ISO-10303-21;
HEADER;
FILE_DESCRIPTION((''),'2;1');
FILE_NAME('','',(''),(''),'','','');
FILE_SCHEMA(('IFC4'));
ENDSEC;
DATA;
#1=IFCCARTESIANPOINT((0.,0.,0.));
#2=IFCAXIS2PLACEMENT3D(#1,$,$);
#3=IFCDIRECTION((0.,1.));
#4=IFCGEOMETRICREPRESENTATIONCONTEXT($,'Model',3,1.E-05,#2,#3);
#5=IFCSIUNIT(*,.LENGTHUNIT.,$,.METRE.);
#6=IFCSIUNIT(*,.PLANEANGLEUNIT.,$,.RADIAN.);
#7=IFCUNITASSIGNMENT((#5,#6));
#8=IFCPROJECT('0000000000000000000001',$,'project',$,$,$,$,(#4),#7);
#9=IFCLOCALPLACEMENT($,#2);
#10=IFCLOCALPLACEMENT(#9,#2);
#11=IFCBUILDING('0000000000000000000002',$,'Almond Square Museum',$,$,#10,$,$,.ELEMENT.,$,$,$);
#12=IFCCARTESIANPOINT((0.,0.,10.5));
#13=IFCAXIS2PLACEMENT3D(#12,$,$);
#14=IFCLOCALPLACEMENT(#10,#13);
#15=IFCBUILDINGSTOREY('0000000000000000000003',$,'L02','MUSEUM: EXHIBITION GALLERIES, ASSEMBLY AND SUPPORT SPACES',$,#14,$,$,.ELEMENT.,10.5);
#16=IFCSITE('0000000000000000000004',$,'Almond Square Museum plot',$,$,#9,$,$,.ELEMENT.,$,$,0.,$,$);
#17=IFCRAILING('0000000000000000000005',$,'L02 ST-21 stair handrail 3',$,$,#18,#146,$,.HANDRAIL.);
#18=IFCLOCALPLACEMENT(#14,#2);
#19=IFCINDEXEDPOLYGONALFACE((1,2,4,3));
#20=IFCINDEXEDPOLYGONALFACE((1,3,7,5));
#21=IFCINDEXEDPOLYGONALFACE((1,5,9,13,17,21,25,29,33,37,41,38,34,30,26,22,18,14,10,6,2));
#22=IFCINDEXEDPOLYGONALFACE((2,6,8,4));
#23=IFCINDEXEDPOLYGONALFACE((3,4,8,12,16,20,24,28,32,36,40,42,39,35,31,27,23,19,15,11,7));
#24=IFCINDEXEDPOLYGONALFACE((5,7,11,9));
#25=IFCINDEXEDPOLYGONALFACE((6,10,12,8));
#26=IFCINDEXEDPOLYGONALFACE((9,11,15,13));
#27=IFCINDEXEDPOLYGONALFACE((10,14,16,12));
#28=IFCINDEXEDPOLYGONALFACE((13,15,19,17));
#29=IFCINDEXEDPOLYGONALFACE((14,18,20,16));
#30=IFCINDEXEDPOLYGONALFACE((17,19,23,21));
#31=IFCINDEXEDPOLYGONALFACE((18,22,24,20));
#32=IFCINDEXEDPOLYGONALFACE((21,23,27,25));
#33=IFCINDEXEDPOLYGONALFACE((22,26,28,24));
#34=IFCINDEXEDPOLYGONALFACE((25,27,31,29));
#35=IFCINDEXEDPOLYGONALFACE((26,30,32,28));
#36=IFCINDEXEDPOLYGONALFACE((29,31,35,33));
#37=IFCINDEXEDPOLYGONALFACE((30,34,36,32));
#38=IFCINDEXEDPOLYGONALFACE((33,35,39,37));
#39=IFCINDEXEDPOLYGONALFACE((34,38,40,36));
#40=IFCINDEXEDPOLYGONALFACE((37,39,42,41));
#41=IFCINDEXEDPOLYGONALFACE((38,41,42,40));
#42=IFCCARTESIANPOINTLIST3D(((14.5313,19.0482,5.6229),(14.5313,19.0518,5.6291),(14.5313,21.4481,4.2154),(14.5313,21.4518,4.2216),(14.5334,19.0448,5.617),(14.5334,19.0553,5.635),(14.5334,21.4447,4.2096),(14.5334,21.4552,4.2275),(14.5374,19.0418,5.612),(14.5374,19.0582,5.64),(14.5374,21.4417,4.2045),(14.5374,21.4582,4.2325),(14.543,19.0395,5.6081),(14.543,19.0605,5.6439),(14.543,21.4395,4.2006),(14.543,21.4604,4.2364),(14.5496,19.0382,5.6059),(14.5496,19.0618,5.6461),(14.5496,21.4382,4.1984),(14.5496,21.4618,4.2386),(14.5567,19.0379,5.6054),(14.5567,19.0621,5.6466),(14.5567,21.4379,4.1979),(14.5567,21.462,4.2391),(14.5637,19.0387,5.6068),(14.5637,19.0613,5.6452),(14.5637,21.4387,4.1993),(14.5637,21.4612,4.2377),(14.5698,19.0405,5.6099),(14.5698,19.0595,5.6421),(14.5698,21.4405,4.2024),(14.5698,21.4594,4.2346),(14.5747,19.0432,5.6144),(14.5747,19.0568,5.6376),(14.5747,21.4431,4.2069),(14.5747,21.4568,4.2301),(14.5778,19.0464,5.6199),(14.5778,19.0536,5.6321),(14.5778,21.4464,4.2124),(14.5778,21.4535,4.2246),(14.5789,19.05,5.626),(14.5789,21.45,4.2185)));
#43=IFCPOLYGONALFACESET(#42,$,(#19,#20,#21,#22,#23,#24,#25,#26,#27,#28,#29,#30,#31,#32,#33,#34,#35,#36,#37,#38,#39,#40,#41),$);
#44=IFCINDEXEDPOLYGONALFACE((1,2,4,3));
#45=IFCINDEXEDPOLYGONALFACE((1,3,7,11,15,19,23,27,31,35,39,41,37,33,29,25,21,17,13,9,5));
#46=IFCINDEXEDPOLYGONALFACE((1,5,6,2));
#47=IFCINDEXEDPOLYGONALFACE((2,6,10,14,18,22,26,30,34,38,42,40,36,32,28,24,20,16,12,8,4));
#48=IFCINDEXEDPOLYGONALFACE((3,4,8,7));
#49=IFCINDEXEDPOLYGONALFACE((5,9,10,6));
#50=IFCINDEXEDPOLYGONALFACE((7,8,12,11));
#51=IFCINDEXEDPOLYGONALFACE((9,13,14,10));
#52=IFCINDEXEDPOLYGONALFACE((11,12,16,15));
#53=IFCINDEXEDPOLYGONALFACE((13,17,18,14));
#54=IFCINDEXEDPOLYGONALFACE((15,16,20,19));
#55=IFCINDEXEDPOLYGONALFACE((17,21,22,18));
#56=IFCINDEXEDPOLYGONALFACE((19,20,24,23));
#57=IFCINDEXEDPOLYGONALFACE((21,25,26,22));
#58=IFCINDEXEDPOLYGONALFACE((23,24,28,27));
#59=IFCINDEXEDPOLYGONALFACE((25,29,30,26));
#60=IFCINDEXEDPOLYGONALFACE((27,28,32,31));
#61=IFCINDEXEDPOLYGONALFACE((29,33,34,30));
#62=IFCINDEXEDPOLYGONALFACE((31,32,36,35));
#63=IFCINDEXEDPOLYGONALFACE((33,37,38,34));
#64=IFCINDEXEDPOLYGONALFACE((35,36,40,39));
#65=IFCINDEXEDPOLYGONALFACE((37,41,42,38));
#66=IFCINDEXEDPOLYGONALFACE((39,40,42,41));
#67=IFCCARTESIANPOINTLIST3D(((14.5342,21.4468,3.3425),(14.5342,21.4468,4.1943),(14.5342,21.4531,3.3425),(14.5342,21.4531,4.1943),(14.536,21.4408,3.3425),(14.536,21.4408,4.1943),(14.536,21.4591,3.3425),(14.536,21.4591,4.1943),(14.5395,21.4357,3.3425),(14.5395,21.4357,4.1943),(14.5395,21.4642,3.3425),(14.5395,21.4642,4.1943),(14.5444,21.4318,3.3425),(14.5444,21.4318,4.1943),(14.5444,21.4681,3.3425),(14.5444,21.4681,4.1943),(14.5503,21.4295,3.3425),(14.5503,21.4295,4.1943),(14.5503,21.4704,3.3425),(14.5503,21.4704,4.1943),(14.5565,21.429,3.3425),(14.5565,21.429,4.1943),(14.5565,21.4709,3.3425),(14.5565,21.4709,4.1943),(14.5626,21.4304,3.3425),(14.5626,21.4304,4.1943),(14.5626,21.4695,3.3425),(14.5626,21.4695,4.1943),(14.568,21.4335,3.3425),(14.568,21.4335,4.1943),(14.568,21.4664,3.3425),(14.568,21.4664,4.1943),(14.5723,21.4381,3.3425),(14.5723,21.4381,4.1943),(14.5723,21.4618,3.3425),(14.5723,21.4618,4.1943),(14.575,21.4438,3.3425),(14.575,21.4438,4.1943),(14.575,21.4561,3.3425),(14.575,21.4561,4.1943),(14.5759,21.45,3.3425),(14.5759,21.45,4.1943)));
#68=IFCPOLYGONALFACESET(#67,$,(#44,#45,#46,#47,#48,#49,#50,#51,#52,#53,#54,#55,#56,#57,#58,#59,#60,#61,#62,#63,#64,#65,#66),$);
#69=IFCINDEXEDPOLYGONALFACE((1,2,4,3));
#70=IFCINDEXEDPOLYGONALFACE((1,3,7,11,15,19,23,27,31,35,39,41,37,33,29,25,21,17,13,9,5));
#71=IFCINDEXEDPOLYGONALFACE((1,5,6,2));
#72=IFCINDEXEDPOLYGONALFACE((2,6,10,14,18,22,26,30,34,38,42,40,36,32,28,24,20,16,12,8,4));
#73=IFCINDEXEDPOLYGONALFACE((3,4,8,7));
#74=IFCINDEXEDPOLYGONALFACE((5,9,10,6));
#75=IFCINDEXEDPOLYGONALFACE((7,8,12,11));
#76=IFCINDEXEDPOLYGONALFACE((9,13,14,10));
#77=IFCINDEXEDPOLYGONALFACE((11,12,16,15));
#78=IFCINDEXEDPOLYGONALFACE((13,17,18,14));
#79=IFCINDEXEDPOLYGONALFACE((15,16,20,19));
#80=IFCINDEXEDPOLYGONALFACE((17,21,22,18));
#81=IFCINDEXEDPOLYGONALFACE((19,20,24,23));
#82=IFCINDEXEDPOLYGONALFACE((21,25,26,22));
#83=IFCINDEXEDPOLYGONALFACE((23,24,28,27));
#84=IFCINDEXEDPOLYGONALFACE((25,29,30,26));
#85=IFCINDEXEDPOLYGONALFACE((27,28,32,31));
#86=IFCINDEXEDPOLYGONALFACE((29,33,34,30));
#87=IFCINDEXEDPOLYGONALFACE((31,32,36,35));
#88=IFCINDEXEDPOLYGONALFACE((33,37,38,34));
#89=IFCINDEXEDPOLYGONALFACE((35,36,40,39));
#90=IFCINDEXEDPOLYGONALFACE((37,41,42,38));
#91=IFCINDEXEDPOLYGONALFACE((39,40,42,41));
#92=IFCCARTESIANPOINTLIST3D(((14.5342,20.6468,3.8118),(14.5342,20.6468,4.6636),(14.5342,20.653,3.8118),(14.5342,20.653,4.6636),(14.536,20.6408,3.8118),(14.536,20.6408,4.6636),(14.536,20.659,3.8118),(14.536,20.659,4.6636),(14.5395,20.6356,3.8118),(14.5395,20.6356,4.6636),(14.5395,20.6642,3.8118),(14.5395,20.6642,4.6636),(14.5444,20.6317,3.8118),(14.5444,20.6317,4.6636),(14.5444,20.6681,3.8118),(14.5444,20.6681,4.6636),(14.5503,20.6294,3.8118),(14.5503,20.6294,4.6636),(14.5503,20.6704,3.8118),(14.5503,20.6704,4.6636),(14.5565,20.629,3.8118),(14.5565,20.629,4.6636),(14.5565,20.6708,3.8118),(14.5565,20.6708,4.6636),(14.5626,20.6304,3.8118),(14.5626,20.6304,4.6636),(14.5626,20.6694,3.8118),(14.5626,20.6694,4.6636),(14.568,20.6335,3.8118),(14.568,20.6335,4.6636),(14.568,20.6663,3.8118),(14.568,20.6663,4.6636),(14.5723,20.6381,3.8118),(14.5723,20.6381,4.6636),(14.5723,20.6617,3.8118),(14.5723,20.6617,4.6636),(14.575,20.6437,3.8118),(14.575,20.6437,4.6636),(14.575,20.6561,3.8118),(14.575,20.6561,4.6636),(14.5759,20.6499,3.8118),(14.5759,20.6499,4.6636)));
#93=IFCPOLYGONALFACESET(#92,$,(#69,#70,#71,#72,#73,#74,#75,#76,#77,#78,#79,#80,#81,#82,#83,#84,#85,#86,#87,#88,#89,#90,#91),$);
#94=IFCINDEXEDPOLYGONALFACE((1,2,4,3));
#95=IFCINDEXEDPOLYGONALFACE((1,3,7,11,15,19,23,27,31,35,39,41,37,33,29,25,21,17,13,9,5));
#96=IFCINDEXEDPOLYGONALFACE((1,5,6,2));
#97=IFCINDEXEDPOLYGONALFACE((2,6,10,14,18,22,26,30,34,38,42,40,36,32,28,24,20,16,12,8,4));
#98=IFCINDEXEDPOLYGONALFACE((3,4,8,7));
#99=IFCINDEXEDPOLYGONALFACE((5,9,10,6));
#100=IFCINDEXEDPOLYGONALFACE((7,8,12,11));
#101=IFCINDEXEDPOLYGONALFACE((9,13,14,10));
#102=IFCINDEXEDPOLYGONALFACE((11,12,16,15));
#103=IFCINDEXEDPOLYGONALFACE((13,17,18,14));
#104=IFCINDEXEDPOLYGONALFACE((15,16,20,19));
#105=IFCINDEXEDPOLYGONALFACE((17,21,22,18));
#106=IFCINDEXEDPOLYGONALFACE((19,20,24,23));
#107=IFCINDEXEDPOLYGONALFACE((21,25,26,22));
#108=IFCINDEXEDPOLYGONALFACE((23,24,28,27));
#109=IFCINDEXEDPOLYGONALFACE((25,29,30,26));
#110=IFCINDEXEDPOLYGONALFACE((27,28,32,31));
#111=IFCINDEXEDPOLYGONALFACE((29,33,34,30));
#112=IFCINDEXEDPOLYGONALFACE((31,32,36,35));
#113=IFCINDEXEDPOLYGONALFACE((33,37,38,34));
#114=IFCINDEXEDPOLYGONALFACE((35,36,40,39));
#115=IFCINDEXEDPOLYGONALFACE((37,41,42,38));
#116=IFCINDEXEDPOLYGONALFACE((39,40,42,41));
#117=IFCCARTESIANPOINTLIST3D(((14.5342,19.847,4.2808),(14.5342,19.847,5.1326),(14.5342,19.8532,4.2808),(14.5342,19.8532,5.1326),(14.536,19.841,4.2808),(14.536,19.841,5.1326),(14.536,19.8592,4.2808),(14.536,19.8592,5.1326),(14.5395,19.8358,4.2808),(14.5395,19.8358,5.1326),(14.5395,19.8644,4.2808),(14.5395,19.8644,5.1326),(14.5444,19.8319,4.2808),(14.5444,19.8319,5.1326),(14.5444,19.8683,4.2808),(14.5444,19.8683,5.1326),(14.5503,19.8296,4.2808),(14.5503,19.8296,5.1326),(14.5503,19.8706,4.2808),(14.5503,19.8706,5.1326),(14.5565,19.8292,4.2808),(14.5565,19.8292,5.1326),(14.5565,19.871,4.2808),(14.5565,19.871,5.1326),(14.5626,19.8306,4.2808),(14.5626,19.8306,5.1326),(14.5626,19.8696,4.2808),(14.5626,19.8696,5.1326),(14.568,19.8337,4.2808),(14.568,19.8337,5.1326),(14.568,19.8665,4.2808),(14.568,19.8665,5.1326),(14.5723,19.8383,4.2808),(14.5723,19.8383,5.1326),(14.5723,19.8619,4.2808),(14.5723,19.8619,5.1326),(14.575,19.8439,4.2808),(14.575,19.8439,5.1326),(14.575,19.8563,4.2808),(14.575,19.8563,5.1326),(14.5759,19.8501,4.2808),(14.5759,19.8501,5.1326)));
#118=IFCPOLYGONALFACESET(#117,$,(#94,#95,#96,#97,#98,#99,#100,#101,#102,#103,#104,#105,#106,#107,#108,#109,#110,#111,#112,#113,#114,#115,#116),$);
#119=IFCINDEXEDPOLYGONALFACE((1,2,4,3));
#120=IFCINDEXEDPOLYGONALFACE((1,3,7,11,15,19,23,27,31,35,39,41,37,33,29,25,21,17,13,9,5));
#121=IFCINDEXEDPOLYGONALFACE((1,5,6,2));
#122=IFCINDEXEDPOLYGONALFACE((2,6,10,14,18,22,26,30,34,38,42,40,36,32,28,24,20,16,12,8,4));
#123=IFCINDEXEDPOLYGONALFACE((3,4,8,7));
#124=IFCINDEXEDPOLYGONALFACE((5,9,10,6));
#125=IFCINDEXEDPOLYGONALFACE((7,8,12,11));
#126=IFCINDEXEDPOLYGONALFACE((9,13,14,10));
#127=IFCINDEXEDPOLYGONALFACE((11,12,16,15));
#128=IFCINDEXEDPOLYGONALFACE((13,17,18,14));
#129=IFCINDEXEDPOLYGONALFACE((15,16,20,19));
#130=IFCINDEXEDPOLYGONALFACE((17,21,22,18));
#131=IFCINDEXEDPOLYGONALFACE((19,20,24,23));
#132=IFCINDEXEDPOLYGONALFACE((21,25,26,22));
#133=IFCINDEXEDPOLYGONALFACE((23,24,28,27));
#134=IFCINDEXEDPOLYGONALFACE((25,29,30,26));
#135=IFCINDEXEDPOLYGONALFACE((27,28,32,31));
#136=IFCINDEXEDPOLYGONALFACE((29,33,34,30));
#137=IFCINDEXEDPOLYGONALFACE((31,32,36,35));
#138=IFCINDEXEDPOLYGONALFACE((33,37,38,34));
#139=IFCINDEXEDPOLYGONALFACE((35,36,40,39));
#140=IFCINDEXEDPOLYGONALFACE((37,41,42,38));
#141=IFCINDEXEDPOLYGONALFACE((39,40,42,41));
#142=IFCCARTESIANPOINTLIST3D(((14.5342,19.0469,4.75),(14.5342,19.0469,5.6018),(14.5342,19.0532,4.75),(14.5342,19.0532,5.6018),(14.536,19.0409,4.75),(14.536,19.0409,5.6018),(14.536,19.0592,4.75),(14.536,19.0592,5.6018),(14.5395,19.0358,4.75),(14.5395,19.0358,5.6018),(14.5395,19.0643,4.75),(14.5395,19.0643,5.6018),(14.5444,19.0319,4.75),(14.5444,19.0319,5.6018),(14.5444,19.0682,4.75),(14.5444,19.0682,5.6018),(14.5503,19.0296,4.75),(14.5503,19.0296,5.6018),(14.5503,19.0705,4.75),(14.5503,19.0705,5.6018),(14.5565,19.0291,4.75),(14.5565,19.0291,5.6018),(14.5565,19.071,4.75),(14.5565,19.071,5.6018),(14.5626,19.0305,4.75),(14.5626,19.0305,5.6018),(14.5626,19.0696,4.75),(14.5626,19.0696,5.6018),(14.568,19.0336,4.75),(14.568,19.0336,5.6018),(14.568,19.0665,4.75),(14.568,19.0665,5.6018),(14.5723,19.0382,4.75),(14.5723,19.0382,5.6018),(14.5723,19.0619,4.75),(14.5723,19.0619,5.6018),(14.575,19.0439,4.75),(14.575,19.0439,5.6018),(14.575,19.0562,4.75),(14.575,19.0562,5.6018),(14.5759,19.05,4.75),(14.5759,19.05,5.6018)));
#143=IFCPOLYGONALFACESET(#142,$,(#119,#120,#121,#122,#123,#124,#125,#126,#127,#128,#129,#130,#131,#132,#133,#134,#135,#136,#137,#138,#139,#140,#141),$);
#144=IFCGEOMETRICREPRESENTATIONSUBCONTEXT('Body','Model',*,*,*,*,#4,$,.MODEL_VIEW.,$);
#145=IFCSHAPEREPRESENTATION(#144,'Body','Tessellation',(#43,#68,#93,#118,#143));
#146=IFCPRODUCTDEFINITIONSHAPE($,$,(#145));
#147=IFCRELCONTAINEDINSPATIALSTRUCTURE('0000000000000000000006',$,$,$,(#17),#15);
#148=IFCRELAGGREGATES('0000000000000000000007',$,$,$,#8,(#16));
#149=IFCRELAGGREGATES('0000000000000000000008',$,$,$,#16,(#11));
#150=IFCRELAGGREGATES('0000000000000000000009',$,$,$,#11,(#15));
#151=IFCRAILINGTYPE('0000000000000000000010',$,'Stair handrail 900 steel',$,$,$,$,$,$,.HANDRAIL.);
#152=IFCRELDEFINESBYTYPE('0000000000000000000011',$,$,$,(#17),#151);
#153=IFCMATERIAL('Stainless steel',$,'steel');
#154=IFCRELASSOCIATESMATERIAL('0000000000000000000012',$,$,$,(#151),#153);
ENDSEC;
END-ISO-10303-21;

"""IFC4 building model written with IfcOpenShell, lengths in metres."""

from ifc_helpers import new_model, si_unit, direction, frame, origin, origin_2d, place, context, subcontext, project, spatial, circle, extrude, material, type_object, element, save


model = new_model("IFC4")

# Units and contexts
model_context = context("Model", 3, precision=1e-05, world=origin(), true_north=direction((0.0, 1.0)))
body_context = subcontext(model_context, "Body", "Model", "MODEL_VIEW")
ifc_project = project(units=[si_unit("LENGTHUNIT", "METRE"), si_unit("PLANEANGLEUNIT", "RADIAN")], contexts=[model_context])

# Site, building, storey
site_placement = place(None, origin())
site = spatial("IfcSite", under=ifc_project, at=site_placement, Name="Almond Square Museum plot", CompositionType="ELEMENT", RefElevation=0.0)
building_placement = place(site_placement, origin())
building = spatial("IfcBuilding", under=site, at=building_placement, Name="Almond Square Museum", CompositionType="ELEMENT")
storey_placement = place(building_placement, frame((0.0, 0.0, 10.5)))
storey = spatial("IfcBuildingStorey", under=building, at=storey_placement, Name="L02", Description="MUSEUM: EXHIBITION GALLERIES, ASSEMBLY AND SUPPORT SPACES", CompositionType="ELEMENT", Elevation=10.5)

# Railing
ifc_material_1 = material(Name="Stainless steel", Category="steel")
railing_type_1 = type_object("IfcRailingType", Name="Stair handrail 900 steel", PredefinedType="HANDRAIL", material=ifc_material_1)
for number, where, name in (
    (1, (14.5549, 21.45, 3.3425), "L02 ST-21 stair handrail 3"),
):
    element("IfcRailing", number, at=place(storey_placement, frame(where)), inside=storey, type_object=railing_type_1, Name=name, PredefinedType="HANDRAIL", context=body_context, shape_type="SweptSolid", body=[
        extrude(circle(Radius=0.0239, at=origin_2d()), frame((0.0, 0.0, 0.876), z_axis=(0.0, -0.862599, 0.505888), x_axis=(1.0, 0.0, 0.0)), (0.0, 0.0, 1.0), 2.7822),
        extrude(circle(Radius=0.021, at=origin_2d()), origin(), (0.0, 0.0, 1.0), 0.8518),
        extrude(circle(Radius=0.021, at=origin_2d()), frame((0.0, -0.8, 0.4692)), (0.0, 0.0, 1.0), 0.8518),
        extrude(circle(Radius=0.021, at=origin_2d()), frame((0.0, -1.5999, 0.9382)), (0.0, 0.0, 1.0), 0.8518),
        extrude(circle(Radius=0.021, at=origin_2d()), frame((0.0, -2.3999, 1.4075)), (0.0, 0.0, 1.0), 0.8518),
    ])

save(model, "model.ifc")
